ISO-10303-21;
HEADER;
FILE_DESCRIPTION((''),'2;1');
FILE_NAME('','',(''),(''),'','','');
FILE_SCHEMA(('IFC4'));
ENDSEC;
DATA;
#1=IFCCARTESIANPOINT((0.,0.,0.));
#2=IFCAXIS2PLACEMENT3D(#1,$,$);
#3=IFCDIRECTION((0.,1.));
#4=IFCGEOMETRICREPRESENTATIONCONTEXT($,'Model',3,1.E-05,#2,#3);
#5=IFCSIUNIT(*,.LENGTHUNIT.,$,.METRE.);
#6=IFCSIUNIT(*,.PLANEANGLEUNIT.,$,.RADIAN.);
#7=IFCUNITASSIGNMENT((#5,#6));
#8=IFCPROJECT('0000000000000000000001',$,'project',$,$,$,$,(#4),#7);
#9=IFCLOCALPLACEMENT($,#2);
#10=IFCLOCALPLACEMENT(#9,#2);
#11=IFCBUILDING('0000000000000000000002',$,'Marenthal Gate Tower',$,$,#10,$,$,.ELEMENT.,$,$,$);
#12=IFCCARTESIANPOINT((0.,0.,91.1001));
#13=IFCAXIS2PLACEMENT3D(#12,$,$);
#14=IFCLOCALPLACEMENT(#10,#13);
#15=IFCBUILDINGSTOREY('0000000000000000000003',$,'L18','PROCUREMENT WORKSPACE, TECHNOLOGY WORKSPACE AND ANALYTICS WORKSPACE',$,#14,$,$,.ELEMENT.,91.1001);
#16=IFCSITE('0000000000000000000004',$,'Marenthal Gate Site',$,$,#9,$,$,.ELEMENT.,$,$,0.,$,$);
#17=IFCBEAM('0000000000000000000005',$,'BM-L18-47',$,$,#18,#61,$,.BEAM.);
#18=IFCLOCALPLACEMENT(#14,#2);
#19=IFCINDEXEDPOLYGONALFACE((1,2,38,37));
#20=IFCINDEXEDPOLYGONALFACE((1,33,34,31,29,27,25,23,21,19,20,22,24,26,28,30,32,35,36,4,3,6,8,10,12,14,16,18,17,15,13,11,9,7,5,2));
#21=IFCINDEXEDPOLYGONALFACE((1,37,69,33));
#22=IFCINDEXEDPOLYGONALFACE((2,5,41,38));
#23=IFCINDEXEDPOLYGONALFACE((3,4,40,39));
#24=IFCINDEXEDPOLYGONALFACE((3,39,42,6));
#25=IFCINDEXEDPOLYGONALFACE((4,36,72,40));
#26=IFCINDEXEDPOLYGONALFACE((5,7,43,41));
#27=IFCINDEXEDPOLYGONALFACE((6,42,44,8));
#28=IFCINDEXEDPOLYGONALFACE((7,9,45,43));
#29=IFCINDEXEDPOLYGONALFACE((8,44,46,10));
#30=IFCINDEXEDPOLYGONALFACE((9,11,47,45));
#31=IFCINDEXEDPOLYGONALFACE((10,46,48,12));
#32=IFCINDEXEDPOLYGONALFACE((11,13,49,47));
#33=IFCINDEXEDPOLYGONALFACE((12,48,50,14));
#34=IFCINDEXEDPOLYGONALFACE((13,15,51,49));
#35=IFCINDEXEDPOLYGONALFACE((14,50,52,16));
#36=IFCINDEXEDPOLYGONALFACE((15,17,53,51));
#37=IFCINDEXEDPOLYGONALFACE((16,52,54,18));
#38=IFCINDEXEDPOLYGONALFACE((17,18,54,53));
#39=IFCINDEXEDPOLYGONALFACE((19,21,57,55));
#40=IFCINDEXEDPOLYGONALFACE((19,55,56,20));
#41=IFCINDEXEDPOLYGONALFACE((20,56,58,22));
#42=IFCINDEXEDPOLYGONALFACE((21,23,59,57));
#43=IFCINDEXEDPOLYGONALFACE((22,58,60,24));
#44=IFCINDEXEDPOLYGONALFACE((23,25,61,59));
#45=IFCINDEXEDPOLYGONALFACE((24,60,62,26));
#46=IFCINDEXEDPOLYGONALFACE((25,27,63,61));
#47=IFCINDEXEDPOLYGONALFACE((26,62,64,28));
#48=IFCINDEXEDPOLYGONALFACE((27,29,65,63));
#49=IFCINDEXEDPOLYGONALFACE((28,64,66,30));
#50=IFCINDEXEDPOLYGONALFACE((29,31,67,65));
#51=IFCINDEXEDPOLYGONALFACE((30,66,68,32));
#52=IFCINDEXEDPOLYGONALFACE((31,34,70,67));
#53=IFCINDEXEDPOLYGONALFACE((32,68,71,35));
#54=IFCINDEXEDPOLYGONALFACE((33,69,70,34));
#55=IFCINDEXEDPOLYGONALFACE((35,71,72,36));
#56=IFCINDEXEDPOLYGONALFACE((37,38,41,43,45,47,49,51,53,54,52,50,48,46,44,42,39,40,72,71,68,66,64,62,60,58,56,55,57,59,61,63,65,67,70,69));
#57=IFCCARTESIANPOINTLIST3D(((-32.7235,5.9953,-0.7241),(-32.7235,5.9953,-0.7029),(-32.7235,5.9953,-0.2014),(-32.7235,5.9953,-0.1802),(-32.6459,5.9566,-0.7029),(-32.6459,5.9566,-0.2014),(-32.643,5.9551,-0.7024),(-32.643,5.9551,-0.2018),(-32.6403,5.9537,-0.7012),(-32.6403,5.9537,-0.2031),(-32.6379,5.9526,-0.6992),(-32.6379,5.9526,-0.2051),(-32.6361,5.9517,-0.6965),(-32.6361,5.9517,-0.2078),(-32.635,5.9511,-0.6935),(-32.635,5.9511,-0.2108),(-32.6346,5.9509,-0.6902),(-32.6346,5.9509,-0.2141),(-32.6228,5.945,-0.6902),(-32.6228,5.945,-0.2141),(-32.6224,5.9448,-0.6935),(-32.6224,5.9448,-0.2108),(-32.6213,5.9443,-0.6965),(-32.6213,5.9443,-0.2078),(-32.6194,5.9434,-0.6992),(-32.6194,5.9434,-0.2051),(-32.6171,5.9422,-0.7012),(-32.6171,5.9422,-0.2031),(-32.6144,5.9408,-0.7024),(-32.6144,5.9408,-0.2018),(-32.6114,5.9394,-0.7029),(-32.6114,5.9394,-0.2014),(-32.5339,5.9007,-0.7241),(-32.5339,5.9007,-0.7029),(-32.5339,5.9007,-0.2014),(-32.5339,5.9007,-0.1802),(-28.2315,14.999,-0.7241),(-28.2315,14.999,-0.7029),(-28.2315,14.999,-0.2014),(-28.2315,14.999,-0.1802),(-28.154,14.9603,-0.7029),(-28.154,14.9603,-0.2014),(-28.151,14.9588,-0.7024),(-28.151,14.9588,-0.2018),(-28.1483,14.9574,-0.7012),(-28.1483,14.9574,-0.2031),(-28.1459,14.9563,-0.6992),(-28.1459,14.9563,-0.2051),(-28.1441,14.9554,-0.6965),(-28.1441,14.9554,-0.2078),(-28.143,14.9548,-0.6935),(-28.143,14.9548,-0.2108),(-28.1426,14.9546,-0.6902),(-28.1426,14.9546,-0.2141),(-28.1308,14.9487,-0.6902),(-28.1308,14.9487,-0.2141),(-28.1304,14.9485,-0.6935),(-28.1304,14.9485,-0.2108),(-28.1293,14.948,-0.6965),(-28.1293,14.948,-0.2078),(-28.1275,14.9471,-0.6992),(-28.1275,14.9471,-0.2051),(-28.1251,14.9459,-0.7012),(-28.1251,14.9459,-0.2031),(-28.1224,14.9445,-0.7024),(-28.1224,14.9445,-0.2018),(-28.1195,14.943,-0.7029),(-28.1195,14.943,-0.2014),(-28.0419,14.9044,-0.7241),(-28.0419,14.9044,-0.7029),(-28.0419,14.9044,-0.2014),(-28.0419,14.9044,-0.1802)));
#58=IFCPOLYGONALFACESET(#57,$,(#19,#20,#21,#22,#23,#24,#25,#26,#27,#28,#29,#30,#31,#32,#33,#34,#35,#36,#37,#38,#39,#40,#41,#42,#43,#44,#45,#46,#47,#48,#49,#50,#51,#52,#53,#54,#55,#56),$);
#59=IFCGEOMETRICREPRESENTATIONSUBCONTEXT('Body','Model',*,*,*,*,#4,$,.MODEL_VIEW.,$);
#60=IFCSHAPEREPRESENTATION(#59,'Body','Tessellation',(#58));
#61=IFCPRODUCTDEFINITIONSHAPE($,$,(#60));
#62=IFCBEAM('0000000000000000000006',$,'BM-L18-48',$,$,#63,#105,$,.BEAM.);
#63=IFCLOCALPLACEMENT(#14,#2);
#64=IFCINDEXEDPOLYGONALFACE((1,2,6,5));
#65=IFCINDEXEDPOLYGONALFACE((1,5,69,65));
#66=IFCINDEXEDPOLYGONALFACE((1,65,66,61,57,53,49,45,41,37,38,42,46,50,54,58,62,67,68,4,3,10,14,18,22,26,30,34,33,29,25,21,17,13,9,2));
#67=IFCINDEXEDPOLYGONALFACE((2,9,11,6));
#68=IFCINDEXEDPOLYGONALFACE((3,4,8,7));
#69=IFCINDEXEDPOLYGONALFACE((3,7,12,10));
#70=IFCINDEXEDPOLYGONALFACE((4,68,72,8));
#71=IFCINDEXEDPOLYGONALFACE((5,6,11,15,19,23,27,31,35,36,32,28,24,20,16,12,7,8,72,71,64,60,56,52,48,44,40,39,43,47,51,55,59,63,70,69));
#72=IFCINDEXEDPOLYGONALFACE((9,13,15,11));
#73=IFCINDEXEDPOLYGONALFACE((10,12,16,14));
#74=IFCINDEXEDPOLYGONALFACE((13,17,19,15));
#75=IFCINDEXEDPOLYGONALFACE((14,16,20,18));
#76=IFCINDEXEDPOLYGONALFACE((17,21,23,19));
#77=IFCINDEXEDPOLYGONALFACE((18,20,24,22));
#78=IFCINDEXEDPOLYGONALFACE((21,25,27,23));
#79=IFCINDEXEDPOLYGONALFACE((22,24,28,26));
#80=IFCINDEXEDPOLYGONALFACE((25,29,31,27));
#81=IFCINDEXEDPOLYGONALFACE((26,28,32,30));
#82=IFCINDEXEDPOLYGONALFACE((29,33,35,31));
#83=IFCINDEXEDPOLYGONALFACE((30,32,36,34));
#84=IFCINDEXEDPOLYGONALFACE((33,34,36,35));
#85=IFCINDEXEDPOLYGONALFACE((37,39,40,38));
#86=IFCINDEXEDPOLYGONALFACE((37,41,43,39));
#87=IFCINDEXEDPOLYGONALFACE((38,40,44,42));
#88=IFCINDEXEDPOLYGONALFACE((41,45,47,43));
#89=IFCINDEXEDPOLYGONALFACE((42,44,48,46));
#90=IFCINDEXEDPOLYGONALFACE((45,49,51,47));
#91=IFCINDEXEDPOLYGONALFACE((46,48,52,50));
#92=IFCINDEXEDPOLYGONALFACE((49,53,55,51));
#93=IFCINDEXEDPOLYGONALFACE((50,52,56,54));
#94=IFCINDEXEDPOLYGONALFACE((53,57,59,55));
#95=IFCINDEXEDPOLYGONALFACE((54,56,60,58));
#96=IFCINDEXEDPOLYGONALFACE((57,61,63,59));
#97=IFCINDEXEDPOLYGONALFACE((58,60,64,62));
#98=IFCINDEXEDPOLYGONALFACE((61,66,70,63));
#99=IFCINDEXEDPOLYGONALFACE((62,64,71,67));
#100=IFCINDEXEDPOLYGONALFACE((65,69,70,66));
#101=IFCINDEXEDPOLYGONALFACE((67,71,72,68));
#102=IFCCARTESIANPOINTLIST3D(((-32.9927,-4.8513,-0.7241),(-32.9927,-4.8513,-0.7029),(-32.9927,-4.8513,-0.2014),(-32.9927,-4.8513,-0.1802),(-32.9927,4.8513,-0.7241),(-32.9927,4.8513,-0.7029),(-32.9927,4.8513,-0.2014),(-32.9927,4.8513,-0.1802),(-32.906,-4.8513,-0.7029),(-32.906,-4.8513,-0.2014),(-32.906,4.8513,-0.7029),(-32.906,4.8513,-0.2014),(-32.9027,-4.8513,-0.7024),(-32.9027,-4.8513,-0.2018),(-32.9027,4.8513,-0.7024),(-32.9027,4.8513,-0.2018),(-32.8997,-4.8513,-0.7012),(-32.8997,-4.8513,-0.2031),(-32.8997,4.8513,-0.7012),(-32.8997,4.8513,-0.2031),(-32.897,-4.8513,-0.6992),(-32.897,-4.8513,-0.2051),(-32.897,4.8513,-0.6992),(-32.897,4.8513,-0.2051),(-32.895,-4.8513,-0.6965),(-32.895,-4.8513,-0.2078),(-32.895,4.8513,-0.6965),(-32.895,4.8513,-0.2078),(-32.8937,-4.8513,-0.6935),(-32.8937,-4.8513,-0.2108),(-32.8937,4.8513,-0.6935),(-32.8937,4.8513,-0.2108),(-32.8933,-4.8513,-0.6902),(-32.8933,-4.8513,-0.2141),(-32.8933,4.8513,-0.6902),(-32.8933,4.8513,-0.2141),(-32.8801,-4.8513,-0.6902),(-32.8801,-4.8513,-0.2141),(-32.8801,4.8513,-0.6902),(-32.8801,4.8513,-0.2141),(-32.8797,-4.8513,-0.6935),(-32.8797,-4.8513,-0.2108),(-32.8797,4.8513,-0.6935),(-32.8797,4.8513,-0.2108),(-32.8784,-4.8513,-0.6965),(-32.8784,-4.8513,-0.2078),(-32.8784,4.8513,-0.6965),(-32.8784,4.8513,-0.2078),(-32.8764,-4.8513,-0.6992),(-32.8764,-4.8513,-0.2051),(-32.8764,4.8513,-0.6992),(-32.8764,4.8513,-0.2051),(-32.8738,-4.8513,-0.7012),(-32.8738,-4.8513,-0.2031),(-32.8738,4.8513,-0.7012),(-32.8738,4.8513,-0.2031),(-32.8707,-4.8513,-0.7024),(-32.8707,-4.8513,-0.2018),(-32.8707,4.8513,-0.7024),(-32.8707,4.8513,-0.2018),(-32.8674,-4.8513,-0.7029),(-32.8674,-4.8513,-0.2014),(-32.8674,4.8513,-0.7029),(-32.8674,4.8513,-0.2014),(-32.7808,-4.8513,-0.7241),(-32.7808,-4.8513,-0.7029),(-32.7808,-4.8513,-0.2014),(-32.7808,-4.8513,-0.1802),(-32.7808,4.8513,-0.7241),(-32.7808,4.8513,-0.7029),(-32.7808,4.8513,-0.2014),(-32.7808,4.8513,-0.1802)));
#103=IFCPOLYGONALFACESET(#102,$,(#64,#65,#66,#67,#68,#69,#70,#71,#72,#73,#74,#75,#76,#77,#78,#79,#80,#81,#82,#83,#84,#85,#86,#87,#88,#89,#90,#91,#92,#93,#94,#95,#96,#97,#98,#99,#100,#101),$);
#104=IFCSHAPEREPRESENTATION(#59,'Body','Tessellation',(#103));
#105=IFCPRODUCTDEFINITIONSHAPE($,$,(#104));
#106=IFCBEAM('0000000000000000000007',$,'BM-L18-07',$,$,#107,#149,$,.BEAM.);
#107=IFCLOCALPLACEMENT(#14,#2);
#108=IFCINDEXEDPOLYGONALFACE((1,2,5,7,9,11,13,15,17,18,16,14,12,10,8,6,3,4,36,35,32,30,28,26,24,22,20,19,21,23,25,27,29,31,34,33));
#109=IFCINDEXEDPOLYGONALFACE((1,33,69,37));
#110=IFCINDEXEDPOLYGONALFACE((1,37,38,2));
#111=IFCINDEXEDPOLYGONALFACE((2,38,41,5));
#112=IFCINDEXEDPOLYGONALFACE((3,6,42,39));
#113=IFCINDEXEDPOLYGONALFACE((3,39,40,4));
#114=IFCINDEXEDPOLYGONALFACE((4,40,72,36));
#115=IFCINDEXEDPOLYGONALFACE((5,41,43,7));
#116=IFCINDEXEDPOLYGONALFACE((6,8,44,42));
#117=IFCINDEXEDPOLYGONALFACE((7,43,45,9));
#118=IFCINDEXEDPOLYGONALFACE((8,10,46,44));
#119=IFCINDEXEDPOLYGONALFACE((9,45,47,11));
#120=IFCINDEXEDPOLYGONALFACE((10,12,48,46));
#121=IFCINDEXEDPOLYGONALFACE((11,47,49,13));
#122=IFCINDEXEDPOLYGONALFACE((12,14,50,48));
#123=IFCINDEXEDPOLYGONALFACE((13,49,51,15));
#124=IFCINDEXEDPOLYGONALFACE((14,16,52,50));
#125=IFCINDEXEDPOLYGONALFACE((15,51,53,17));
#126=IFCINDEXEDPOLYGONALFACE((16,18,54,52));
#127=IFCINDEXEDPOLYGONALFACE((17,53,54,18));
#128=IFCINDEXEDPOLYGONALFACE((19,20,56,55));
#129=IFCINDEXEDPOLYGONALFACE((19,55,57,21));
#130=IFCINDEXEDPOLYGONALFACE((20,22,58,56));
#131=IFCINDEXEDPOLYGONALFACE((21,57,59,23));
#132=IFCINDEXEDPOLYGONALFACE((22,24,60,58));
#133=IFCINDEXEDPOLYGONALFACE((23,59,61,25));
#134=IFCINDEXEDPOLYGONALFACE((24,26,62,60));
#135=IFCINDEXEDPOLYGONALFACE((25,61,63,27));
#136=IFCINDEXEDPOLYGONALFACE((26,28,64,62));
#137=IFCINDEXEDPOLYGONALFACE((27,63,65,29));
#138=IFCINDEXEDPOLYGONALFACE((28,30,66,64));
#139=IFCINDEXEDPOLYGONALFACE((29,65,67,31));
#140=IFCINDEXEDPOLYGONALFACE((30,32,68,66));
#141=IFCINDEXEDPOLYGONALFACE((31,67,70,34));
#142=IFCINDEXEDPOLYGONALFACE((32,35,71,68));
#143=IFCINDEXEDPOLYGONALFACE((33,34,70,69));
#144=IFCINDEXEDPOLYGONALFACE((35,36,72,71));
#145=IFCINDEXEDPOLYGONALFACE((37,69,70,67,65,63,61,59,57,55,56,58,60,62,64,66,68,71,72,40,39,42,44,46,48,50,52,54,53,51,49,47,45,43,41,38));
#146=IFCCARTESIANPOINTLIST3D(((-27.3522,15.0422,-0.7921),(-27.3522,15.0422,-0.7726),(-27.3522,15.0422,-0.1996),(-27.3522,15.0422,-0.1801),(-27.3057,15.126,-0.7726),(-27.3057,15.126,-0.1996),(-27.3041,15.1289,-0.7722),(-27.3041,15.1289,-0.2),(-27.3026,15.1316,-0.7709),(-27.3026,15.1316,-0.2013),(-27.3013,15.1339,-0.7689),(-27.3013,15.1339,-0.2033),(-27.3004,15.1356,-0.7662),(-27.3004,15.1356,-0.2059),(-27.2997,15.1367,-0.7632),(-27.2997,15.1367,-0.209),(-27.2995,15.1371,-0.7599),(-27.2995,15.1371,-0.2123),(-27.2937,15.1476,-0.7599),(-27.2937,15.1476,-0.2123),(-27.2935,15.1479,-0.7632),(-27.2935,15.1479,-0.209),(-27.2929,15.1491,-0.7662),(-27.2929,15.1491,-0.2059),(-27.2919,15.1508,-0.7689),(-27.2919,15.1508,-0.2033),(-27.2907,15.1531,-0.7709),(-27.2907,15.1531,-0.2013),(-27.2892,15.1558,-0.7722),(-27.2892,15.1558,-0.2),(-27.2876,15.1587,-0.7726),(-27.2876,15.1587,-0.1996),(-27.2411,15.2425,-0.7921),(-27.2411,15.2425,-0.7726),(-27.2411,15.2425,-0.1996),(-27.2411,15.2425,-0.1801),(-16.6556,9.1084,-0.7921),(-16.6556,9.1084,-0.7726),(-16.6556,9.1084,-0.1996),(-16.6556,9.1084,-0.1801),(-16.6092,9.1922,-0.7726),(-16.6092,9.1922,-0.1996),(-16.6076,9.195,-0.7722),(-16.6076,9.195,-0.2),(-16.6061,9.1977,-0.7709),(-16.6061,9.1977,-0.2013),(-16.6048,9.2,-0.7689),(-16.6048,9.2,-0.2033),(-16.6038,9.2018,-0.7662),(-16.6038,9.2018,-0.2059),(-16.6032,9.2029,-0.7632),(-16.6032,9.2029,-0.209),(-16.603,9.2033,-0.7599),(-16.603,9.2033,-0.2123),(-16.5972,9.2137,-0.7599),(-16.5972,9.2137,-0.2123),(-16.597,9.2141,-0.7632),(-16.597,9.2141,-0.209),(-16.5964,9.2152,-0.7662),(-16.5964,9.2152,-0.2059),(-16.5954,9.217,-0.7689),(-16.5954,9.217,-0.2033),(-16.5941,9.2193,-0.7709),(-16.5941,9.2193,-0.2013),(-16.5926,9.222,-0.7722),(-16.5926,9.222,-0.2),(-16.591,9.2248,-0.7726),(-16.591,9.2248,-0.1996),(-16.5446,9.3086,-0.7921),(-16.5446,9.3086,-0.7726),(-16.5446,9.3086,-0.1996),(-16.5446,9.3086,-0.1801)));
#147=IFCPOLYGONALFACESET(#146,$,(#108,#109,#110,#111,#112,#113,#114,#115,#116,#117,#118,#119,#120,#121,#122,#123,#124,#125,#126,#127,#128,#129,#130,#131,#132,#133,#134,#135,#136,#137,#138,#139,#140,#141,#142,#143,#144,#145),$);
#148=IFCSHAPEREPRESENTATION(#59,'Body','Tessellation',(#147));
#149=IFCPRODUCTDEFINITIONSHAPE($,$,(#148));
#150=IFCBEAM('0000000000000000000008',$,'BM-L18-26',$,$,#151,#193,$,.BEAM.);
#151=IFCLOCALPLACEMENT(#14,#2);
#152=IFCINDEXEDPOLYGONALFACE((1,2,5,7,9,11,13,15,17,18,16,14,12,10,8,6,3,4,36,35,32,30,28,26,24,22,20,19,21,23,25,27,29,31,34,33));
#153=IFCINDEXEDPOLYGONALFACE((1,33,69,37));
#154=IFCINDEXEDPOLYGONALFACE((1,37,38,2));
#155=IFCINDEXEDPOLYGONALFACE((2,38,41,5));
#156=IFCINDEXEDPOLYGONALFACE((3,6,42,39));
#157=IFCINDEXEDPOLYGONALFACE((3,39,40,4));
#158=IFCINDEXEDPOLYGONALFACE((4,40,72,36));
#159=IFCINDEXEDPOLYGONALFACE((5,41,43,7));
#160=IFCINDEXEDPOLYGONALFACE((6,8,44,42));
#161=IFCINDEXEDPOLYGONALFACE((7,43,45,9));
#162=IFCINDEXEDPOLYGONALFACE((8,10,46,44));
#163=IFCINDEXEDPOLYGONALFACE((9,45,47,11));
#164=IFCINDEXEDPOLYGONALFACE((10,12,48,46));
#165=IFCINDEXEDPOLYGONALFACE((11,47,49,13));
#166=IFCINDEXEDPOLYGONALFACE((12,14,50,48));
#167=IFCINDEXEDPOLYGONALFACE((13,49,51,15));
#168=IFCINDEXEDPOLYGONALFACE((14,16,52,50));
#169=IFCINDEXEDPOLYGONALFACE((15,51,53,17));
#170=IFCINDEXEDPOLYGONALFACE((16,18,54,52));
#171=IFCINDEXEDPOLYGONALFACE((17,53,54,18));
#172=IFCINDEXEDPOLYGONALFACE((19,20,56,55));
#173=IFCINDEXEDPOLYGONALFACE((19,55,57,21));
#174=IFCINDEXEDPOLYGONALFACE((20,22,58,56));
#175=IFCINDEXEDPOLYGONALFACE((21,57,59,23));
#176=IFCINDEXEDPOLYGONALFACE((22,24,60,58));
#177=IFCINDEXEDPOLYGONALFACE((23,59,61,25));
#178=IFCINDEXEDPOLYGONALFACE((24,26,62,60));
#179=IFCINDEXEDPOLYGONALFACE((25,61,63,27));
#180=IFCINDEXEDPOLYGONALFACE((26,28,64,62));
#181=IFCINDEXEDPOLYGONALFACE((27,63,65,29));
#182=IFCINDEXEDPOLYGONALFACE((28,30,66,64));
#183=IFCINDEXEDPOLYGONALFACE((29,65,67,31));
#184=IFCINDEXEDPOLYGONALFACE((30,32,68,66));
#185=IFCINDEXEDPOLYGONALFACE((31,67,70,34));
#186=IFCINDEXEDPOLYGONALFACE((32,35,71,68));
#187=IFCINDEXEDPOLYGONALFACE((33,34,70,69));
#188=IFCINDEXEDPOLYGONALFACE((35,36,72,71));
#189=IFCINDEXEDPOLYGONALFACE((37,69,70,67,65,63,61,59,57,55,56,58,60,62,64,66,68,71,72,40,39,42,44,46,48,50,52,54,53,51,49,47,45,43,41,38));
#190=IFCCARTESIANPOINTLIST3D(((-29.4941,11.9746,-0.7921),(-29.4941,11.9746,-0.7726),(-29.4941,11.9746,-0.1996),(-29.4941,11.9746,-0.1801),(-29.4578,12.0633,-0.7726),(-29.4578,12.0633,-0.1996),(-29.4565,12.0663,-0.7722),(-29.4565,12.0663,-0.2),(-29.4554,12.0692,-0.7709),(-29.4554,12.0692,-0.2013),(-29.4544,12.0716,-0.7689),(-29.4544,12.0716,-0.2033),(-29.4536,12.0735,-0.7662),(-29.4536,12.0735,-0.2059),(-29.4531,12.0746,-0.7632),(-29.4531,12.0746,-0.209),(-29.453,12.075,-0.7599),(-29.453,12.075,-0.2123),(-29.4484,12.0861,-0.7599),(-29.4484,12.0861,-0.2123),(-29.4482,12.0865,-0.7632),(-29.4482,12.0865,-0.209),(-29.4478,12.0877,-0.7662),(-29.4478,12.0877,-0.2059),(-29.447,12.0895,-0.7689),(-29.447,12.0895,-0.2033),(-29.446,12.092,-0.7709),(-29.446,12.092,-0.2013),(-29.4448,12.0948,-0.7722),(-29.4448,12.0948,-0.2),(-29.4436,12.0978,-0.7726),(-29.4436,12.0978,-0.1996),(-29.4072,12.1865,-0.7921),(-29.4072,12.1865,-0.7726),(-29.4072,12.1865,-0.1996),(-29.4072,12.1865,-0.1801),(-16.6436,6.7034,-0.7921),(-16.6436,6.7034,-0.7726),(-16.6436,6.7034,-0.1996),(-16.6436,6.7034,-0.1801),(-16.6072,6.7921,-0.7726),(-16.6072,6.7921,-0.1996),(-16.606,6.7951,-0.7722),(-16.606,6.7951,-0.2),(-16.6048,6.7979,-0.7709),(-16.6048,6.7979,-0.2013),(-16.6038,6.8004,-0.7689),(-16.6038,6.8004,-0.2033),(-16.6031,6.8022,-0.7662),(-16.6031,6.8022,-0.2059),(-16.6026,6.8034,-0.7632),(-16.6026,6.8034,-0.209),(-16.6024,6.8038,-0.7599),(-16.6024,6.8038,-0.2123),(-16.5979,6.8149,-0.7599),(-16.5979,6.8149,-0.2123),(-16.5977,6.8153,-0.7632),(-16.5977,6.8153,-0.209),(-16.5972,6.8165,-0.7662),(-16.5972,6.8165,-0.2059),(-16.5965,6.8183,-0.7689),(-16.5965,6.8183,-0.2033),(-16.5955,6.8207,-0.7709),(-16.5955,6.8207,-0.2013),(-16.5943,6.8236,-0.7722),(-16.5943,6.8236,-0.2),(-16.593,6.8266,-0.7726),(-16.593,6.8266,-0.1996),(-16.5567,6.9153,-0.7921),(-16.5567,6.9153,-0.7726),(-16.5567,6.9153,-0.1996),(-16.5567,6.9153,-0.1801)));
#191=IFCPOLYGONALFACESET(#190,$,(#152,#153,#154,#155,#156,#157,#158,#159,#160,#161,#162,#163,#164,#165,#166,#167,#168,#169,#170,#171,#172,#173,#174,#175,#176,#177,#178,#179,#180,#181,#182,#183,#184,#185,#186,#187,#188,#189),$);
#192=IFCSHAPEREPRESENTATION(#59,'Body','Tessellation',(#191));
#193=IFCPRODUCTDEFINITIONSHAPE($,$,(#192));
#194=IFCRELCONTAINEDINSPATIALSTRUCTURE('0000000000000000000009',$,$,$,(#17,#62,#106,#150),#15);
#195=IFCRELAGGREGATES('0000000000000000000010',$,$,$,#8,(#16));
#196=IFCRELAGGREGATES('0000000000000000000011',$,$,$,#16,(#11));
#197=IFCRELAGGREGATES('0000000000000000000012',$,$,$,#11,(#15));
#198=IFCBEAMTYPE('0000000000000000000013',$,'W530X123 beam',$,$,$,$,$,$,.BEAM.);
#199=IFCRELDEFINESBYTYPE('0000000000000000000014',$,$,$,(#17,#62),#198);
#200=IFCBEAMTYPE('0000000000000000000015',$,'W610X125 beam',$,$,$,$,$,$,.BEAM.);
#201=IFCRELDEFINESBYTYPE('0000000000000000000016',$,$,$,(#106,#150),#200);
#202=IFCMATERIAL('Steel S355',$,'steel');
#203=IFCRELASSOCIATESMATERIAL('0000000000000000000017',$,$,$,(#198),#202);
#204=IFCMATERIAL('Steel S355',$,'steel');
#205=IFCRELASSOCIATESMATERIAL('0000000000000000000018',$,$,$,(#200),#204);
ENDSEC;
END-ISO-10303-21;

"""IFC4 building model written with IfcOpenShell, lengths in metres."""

from ifc_helpers import new_model, si_unit, direction, frame, origin, origin_2d, place, context, subcontext, project, spatial, i_section, extrude, material, material_profile, profile_set, type_object, element, save


model = new_model("IFC4")

# Units and contexts
model_context = context("Model", 3, precision=1e-05, world=origin(), true_north=direction((0.0, 1.0)))
body_context = subcontext(model_context, "Body", "Model", "MODEL_VIEW")
ifc_project = project(units=[si_unit("LENGTHUNIT", "METRE"), si_unit("PLANEANGLEUNIT", "RADIAN")], contexts=[model_context])

# Site, building, storey
site_placement = place(None, origin())
site = spatial("IfcSite", under=ifc_project, at=site_placement, Name="Marenthal Gate Site", CompositionType="ELEMENT", RefElevation=0.0)
building_placement = place(site_placement, origin())
building = spatial("IfcBuilding", under=site, at=building_placement, Name="Marenthal Gate Tower", CompositionType="ELEMENT")
storey_placement = place(building_placement, frame((0.0, 0.0, 91.1001)))
storey = spatial("IfcBuildingStorey", under=building, at=storey_placement, Name="L18", Description="PROCUREMENT WORKSPACE, TECHNOLOGY WORKSPACE AND ANALYTICS WORKSPACE", CompositionType="ELEMENT", Elevation=91.1001)

# Beams
ifc_material_1 = material(Name="Steel S355", Category="steel")
ifc_material_profile_1 = material_profile(ifc_material_1, i_section(OverallWidth=0.2119, OverallDepth=0.5439, WebThickness=0.0132, FlangeThickness=0.0212, FilletRadius=0.0127, at=origin_2d()), Name="W530X123")
ifc_profile_set_1 = profile_set([ifc_material_profile_1], Name="Steel S355")
beam_type_1 = type_object("IfcBeamType", Name="W530X123 beam", PredefinedType="BEAM", material=ifc_profile_set_1)
beam_1_placement = place(storey_placement, frame((-28.1367, 14.9517, -0.4521), z_axis=(-0.446427, -0.89482, 0.0), x_axis=(0.89482, -0.446427, 0.0)))
element("IfcBeam", 1, at=beam_1_placement, inside=storey, type_object=beam_type_1, Name="BM-L18-47", PredefinedType="BEAM", context=body_context, shape_type="SweptSolid", body=[
    extrude(i_section(OverallWidth=0.2119, OverallDepth=0.5439, WebThickness=0.0132, FlangeThickness=0.0212, FilletRadius=0.0127, at=origin_2d()), origin(), (0.0, 0.0, 1.0), 10.062),
])
beam_2_placement = place(storey_placement, frame((-32.8867, 4.8513, -0.4521), z_axis=(0.0, -1.0, 0.0), x_axis=(1.0, 0.0, 0.0)))
element("IfcBeam", 2, at=beam_2_placement, inside=storey, type_object=beam_type_1, Name="BM-L18-48", PredefinedType="BEAM", context=body_context, shape_type="SweptSolid", body=[
    extrude(i_section(OverallWidth=0.2119, OverallDepth=0.5439, WebThickness=0.0132, FlangeThickness=0.0212, FilletRadius=0.0127, at=origin_2d()), origin(), (0.0, 0.0, 1.0), 9.7026),
])
ifc_material_2 = material(Name="Steel S355", Category="steel")
ifc_material_profile_2 = material_profile(ifc_material_2, i_section(OverallWidth=0.229, OverallDepth=0.6121, WebThickness=0.012, FlangeThickness=0.0195, FilletRadius=0.0127, at=origin_2d()), Name="W610X125")
ifc_profile_set_2 = profile_set([ifc_material_profile_2], Name="Steel S355")
beam_type_2 = type_object("IfcBeamType", Name="W610X125 beam", PredefinedType="BEAM", material=ifc_profile_set_2)
beam_3_placement = place(storey_placement, frame((-27.2966, 15.1423, -0.4861), z_axis=(0.874458, -0.485101, 0.0), x_axis=(0.485101, 0.874458, 0.0)))
element("IfcBeam", 3, at=beam_3_placement, inside=storey, type_object=beam_type_2, Name="BM-L18-07", PredefinedType="BEAM", context=body_context, shape_type="SweptSolid", body=[
    extrude(i_section(OverallWidth=0.229, OverallDepth=0.6121, WebThickness=0.012, FlangeThickness=0.0195, FilletRadius=0.0127, at=origin_2d()), origin(), (0.0, 0.0, 1.0), 12.2322),
])
beam_4_placement = place(storey_placement, frame((-29.4507, 12.0806, -0.4861), z_axis=(0.925189, -0.379507, 0.0), x_axis=(0.379507, 0.925189, 0.0)))
element("IfcBeam", 4, at=beam_4_placement, inside=storey, type_object=beam_type_2, Name="BM-L18-26", PredefinedType="BEAM", context=body_context, shape_type="SweptSolid", body=[
    extrude(i_section(OverallWidth=0.229, OverallDepth=0.6121, WebThickness=0.012, FlangeThickness=0.0195, FilletRadius=0.0127, at=origin_2d()), origin(), (0.0, 0.0, 1.0), 13.8896),
])

save(model, "model.ifc")
